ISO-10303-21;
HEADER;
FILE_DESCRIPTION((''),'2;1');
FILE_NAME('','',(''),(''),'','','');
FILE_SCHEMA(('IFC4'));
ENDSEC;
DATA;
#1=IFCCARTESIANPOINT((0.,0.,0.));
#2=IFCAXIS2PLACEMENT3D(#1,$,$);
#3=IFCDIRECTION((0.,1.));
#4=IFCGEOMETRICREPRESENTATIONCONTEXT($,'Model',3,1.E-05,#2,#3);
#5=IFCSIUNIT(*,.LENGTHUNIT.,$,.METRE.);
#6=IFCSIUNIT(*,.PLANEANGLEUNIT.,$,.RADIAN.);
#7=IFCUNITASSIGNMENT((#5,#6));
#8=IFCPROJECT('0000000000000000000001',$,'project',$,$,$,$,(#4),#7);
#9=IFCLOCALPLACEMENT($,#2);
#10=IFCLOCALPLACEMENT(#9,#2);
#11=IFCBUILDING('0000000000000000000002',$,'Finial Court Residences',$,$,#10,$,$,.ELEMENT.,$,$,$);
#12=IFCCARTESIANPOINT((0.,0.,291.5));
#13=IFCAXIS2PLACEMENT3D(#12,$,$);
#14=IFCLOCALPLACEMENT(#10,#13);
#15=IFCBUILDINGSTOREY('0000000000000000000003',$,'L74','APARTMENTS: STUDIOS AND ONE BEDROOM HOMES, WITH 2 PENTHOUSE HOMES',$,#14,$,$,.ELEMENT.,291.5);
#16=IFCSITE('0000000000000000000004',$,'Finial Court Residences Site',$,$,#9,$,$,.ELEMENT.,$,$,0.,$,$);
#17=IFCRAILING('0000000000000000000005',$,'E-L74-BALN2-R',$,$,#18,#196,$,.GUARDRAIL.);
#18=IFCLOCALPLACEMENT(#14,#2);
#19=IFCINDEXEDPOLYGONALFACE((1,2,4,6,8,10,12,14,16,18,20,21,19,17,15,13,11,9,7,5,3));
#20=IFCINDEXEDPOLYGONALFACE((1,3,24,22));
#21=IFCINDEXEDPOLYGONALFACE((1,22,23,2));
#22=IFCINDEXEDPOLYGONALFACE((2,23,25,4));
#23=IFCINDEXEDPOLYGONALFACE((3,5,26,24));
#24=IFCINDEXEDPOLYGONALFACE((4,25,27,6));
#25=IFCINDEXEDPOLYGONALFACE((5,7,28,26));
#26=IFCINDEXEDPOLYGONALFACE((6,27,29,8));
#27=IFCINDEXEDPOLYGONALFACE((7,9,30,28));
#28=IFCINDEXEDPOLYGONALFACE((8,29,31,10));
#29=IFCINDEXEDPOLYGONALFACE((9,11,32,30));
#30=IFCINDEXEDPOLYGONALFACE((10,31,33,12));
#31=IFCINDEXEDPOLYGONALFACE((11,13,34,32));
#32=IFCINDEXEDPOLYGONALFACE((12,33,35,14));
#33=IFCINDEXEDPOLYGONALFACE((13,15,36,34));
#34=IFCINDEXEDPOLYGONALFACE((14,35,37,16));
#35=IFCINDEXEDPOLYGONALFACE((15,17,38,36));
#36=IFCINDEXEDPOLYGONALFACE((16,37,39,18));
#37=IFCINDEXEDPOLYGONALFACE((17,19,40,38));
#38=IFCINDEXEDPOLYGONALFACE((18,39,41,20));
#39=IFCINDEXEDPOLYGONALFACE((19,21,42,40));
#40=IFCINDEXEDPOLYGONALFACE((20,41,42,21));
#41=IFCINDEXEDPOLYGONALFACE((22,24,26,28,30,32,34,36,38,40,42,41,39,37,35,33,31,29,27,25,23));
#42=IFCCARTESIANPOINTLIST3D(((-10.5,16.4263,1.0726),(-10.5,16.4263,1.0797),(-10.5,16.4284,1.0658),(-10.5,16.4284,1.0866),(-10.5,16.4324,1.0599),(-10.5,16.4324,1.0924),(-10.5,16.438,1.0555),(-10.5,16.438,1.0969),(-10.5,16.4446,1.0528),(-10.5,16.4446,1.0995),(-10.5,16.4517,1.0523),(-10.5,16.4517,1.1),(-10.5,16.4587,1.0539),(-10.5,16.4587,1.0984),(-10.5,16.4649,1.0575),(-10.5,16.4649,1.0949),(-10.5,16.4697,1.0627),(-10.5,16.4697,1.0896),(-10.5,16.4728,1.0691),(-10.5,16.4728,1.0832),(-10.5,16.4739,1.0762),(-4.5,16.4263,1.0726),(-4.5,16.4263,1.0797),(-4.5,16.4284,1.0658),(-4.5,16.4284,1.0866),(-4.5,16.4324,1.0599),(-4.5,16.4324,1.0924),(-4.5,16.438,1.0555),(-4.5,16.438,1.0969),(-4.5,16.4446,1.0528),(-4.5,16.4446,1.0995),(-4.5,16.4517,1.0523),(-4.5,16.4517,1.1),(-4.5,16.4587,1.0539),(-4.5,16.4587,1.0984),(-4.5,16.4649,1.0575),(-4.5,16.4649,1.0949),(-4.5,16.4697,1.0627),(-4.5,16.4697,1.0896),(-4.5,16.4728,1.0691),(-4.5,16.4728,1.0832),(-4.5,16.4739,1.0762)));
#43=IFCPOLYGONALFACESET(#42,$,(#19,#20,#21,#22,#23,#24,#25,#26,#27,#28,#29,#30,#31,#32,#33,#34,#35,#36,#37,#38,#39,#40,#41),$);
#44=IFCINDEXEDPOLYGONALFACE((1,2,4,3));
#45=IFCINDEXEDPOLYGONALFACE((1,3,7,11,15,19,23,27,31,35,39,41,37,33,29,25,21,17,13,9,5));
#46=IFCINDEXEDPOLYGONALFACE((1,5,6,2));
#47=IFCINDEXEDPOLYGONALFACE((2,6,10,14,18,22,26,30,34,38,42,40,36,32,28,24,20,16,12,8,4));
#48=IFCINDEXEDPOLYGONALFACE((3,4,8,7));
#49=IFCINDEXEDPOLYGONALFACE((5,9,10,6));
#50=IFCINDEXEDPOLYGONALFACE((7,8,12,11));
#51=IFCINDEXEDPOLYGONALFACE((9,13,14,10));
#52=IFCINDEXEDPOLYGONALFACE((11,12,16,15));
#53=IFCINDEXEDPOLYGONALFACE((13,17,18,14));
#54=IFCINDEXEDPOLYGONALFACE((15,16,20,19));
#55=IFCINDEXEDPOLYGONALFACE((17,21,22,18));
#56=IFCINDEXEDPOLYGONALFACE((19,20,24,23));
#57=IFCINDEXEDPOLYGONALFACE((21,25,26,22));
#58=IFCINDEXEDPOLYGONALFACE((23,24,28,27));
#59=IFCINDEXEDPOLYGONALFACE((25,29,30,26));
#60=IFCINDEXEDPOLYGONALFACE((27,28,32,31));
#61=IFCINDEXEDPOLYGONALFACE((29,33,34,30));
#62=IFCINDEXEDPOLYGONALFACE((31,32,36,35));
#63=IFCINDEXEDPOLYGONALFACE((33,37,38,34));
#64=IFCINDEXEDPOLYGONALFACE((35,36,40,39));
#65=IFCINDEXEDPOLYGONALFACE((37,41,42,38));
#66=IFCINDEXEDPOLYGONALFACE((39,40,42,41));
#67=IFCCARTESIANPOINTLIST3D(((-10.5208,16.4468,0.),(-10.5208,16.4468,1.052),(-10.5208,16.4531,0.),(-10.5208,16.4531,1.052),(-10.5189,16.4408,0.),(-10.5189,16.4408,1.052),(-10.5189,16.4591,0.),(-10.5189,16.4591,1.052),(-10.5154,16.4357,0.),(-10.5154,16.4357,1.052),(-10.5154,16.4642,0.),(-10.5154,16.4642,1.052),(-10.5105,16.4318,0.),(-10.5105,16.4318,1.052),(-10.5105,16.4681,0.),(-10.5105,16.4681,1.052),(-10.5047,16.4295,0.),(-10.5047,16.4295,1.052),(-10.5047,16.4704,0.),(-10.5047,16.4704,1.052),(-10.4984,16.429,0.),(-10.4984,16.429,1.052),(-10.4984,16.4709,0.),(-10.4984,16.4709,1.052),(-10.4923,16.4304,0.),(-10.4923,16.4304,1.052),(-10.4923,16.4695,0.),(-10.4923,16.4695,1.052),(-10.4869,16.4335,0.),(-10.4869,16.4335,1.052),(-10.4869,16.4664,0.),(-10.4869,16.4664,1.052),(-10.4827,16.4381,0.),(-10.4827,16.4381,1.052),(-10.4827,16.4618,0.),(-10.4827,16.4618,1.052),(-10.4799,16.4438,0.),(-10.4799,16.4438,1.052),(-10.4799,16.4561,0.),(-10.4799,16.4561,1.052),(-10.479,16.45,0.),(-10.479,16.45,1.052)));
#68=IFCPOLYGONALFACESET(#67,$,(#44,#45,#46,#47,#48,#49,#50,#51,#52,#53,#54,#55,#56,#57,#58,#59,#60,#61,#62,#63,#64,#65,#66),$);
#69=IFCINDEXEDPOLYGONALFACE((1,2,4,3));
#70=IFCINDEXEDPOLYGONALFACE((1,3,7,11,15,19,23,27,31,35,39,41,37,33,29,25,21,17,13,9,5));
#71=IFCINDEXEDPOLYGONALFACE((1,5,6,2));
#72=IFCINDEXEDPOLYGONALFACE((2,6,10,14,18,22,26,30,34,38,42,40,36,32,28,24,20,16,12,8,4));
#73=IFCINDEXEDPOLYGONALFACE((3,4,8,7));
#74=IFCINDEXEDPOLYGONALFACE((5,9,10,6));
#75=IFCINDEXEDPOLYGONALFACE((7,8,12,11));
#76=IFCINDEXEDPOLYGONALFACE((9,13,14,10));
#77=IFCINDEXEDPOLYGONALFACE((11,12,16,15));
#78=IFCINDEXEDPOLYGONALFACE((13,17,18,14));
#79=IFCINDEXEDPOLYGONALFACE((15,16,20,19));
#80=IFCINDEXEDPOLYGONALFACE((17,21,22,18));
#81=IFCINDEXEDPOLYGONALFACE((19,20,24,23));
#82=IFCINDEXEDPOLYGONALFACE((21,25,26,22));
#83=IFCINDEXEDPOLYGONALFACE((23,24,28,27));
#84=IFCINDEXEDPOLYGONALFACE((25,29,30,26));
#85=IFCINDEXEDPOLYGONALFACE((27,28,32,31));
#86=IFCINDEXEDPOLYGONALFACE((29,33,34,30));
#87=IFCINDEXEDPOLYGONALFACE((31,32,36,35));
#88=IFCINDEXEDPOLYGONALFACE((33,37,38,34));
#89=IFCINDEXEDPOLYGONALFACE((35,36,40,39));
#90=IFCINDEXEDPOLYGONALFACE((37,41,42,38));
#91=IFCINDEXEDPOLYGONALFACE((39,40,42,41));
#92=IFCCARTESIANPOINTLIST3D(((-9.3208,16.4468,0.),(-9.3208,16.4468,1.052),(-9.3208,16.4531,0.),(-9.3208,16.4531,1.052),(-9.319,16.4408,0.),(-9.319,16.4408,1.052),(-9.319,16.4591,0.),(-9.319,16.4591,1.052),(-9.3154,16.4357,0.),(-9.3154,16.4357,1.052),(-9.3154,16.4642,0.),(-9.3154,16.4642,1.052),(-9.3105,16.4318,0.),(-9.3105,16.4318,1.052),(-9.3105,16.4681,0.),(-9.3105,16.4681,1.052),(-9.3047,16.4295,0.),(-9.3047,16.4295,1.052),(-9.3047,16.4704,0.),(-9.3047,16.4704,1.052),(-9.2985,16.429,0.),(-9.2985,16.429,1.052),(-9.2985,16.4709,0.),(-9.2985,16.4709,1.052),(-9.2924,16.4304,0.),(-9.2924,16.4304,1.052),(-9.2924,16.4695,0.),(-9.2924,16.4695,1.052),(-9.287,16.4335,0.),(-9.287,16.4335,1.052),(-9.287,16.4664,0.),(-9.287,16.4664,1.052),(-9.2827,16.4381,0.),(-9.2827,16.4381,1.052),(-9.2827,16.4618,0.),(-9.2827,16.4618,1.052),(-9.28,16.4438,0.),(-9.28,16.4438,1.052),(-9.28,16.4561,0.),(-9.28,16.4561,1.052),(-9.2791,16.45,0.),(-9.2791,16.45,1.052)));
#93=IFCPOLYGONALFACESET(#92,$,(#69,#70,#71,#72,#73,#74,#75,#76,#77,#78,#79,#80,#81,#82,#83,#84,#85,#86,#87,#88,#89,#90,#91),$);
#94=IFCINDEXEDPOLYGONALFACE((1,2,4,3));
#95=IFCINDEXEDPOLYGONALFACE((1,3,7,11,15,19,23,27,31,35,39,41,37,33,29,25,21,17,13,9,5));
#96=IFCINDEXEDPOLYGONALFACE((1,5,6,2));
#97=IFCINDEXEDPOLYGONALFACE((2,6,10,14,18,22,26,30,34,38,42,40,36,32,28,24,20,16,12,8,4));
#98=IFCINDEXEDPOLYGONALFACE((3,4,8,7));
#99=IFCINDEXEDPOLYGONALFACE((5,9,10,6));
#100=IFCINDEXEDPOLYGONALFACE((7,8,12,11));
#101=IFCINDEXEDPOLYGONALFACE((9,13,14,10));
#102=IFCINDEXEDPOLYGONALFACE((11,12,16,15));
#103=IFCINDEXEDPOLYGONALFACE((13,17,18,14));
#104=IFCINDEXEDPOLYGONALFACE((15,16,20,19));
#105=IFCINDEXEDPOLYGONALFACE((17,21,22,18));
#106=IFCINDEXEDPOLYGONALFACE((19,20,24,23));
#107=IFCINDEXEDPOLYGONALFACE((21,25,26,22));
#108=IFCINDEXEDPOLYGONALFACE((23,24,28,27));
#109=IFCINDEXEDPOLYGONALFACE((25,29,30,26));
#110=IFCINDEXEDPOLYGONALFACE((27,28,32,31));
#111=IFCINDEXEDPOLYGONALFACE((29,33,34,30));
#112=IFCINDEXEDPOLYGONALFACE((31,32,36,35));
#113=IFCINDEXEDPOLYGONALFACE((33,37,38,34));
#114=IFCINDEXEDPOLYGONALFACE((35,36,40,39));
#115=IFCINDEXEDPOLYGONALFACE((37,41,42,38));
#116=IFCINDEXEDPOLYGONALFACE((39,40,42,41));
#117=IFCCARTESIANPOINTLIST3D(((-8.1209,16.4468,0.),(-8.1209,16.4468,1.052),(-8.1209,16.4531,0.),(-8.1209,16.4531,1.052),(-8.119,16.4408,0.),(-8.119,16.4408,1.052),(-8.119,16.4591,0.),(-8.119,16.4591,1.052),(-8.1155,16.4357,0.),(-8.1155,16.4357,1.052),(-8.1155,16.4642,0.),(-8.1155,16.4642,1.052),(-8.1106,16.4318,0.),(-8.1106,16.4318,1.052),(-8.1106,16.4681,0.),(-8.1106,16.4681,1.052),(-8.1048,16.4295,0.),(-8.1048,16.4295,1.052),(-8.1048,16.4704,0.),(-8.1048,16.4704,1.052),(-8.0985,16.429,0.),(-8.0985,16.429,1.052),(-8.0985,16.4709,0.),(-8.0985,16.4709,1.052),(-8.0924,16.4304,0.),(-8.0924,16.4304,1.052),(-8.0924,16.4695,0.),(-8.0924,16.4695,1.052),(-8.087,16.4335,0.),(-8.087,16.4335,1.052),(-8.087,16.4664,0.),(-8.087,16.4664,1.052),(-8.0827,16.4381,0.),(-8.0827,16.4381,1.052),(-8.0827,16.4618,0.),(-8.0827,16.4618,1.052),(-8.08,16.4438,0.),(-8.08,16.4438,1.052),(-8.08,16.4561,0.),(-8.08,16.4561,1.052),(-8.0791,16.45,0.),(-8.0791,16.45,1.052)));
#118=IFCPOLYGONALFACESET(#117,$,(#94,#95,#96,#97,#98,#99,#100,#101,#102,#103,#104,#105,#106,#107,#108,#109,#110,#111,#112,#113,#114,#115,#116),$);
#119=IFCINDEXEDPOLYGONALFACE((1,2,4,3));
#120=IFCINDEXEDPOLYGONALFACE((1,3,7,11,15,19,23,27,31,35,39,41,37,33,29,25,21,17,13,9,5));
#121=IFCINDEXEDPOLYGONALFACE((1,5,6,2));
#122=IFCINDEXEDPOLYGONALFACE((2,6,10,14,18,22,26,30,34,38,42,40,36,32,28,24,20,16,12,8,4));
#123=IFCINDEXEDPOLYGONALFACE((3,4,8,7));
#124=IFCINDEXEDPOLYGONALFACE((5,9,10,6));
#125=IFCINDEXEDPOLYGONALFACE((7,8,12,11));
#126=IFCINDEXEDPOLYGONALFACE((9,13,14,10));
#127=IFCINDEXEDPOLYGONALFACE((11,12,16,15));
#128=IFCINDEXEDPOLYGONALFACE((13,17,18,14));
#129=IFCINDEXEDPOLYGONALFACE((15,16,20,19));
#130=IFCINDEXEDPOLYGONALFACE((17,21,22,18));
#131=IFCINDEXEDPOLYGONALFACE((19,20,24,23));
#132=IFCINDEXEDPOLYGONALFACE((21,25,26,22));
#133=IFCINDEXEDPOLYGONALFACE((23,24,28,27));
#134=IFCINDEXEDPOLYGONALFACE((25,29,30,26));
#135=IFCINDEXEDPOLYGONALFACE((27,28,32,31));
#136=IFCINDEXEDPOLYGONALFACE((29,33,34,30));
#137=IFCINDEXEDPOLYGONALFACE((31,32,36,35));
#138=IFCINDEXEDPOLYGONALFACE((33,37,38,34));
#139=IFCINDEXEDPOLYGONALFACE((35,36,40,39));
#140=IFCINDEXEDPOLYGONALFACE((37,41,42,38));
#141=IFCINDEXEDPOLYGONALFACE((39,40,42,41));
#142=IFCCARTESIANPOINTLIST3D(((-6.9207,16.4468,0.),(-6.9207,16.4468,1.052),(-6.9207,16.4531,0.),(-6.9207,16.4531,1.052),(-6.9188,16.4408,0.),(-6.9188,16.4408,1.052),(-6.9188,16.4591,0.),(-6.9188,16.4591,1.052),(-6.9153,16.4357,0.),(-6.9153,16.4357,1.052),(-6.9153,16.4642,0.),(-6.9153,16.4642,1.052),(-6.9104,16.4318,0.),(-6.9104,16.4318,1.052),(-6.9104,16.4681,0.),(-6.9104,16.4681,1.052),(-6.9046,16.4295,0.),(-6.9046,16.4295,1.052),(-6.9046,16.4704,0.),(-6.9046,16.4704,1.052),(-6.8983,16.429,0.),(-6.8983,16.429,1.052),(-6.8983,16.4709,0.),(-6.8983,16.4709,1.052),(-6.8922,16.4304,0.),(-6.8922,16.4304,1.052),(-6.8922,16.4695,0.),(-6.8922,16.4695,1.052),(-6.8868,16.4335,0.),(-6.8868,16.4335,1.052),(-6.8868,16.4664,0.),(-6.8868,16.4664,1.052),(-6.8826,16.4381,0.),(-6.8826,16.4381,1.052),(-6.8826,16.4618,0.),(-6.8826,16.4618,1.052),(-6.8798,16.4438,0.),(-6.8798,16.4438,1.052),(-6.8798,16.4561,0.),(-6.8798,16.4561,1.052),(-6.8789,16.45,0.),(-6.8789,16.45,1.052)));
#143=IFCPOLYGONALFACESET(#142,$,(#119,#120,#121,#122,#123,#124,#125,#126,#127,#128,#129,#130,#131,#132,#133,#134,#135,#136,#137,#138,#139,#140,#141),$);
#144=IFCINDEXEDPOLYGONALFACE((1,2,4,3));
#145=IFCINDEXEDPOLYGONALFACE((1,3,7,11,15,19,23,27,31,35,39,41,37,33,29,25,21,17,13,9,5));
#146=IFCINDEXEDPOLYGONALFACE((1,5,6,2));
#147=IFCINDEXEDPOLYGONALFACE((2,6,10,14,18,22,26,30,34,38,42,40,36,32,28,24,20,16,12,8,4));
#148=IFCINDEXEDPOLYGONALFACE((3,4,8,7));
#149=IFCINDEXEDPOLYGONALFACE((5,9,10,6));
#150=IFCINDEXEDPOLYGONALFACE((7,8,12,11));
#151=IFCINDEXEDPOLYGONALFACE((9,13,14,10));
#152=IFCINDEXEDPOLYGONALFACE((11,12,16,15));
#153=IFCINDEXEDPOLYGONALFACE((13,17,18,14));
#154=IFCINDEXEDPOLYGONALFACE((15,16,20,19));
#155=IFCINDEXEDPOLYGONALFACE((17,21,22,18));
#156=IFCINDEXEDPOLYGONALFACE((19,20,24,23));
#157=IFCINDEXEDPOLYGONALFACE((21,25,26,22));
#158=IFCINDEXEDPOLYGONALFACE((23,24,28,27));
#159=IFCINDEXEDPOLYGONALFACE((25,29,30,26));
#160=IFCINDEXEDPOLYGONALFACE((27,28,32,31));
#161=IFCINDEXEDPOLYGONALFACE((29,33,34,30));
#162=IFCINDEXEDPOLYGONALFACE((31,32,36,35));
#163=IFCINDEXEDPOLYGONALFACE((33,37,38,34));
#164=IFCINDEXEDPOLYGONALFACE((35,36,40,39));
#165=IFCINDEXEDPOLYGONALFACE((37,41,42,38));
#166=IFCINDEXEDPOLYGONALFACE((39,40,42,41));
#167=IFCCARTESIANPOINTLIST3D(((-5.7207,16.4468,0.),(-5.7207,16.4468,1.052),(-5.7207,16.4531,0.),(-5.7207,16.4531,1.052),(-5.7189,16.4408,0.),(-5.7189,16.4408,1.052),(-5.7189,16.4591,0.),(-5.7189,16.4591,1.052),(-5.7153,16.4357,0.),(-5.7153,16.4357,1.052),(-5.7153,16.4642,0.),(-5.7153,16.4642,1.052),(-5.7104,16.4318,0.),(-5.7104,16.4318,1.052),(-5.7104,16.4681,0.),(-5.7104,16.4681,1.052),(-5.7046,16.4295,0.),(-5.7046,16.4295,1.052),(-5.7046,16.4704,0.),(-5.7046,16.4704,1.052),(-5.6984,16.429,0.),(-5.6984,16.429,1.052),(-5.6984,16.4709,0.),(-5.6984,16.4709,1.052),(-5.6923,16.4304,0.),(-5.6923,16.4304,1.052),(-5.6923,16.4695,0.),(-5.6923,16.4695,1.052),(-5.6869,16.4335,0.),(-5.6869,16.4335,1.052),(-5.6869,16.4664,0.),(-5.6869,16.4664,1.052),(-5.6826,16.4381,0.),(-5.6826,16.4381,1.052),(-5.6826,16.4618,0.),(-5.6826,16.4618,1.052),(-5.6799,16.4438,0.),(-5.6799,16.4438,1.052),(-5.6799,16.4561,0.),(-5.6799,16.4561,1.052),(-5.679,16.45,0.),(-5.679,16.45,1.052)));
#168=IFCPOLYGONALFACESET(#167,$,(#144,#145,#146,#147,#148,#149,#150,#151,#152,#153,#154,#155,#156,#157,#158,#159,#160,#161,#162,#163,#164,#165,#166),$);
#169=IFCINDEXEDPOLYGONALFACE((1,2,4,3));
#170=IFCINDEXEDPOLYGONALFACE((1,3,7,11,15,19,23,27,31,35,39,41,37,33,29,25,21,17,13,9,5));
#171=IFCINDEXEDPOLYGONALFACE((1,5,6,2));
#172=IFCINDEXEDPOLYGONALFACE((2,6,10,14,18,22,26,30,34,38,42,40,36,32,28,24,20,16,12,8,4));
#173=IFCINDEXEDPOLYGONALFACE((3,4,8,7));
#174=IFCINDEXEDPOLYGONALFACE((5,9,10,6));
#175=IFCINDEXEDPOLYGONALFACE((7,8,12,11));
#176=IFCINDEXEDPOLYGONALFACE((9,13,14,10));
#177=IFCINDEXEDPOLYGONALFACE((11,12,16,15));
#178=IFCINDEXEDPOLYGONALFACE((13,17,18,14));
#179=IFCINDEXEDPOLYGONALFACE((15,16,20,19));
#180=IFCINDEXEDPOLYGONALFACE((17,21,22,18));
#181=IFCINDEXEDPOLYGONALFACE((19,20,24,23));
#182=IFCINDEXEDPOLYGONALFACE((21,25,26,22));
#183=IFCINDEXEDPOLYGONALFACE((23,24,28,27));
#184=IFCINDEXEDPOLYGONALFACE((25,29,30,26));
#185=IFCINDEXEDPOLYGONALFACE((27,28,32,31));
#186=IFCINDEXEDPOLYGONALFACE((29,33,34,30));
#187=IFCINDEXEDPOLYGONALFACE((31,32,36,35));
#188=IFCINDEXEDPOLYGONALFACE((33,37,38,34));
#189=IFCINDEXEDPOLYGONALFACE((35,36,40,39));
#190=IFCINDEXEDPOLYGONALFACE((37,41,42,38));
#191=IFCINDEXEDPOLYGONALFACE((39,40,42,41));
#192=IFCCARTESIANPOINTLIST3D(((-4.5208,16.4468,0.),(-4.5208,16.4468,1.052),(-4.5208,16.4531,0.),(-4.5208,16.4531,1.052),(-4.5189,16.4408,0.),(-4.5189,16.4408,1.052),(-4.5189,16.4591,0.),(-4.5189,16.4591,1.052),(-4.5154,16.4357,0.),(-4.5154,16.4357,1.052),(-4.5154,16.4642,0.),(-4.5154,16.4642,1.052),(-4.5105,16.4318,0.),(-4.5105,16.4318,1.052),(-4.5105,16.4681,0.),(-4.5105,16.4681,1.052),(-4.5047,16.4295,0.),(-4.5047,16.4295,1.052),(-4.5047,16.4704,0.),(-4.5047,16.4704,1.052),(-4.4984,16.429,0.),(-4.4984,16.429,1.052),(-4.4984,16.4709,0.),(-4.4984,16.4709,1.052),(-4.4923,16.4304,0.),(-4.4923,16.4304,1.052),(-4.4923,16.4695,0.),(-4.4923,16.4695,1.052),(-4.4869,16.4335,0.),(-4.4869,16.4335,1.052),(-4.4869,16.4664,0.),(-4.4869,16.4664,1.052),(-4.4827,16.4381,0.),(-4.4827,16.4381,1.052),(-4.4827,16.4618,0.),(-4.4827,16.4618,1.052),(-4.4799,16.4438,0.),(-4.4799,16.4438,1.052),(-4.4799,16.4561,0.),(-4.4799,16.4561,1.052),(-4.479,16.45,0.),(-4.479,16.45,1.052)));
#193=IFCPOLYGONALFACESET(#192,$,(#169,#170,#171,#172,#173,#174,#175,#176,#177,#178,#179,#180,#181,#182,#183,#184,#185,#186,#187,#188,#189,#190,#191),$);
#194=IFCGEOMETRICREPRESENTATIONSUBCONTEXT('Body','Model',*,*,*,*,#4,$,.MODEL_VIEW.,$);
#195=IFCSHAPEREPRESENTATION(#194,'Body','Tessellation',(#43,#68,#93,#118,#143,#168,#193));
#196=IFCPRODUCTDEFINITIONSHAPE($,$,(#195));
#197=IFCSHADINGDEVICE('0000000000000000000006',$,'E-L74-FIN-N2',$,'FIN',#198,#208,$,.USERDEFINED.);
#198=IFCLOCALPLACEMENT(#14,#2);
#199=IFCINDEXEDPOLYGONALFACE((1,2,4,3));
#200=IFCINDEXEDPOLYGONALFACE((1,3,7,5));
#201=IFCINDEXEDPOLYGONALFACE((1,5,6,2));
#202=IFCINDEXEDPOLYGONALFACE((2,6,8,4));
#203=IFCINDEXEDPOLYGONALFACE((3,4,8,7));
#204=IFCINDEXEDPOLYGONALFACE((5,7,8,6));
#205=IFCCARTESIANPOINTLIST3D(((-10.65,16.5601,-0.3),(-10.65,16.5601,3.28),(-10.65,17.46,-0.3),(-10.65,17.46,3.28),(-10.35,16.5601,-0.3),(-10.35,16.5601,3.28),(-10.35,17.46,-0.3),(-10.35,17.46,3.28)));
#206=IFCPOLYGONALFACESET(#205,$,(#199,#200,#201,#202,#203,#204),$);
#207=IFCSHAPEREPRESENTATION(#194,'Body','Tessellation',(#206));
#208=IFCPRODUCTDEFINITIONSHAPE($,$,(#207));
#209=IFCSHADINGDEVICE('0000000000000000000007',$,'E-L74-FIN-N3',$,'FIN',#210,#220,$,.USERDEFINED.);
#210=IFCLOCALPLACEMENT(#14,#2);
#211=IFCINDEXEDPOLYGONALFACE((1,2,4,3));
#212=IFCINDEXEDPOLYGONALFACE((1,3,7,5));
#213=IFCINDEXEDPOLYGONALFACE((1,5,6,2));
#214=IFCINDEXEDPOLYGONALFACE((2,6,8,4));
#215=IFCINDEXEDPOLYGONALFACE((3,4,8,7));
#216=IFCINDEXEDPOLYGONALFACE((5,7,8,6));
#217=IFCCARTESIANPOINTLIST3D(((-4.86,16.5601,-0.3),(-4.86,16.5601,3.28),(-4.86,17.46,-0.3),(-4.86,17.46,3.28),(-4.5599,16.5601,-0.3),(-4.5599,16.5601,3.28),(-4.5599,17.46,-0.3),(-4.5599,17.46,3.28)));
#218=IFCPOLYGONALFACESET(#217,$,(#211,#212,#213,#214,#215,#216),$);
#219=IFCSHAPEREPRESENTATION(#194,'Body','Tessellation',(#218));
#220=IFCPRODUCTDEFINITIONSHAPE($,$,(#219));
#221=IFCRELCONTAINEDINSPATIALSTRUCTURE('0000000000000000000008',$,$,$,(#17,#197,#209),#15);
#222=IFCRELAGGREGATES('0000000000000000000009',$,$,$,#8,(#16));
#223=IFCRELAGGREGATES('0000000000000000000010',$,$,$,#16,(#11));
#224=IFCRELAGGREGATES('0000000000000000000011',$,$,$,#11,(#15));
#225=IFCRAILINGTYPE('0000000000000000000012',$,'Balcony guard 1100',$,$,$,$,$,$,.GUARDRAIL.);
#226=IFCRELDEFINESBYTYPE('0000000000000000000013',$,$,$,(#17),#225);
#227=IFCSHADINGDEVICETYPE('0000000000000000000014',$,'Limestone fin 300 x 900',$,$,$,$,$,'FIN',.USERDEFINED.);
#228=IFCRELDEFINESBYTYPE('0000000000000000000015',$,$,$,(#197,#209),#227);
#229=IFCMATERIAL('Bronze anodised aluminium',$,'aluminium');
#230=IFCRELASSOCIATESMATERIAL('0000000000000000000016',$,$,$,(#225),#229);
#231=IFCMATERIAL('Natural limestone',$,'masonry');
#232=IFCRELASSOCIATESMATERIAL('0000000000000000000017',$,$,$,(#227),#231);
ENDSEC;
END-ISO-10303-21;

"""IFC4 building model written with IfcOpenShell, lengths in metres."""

from ifc_helpers import new_model, si_unit, direction, frame, origin, origin_2d, place, context, subcontext, project, spatial, rectangle, circle, extrude, material, type_object, element, save


model = new_model("IFC4")

# Units and contexts
model_context = context("Model", 3, precision=1e-05, world=origin(), true_north=direction((0.0, 1.0)))
body_context = subcontext(model_context, "Body", "Model", "MODEL_VIEW")
ifc_project = project(units=[si_unit("LENGTHUNIT", "METRE"), si_unit("PLANEANGLEUNIT", "RADIAN")], contexts=[model_context])

# Site, building, storey
site_placement = place(None, origin())
site = spatial("IfcSite", under=ifc_project, at=site_placement, Name="Finial Court Residences Site", CompositionType="ELEMENT", RefElevation=0.0)
building_placement = place(site_placement, origin())
building = spatial("IfcBuilding", under=site, at=building_placement, Name="Finial Court Residences", CompositionType="ELEMENT")
storey_placement = place(building_placement, frame((0.0, 0.0, 291.5)))
storey = spatial("IfcBuildingStorey", under=building, at=storey_placement, Name="L74", Description="APARTMENTS: STUDIOS AND ONE BEDROOM HOMES, WITH 2 PENTHOUSE HOMES", CompositionType="ELEMENT", Elevation=291.5)

# Shared definitions
ifc_material_1 = material(Name="Bronze anodised aluminium", Category="aluminium")

# Shared definitions
ifc_material_2 = material(Name="Natural limestone", Category="masonry")

# Railing
railing_type = type_object("IfcRailingType", Name="Balcony guard 1100", PredefinedType="GUARDRAIL", material=ifc_material_1)
railing_placement = place(storey_placement, frame((-10.5, 16.45, 0.0)))
element("IfcRailing", 1, at=railing_placement, inside=storey, type_object=railing_type, Name="E-L74-BALN2-R", PredefinedType="GUARDRAIL", context=body_context, shape_type="SweptSolid", body=[
    extrude(circle(Radius=0.0239, at=origin_2d()), frame((0.0, 0.0, 1.0762), z_axis=(1.0, 0.0, 0.0), x_axis=(0.0, 1.0, 0.0)), (0.0, 0.0, 1.0), 6.0),
    extrude(circle(Radius=0.021, at=origin_2d()), origin(), (0.0, 0.0, 1.0), 1.052),
    extrude(circle(Radius=0.021, at=origin_2d()), frame((1.2, 0.0, 0.0)), (0.0, 0.0, 1.0), 1.052),
    extrude(circle(Radius=0.021, at=origin_2d()), frame((2.3999, 0.0, 0.0)), (0.0, 0.0, 1.0), 1.052),
    extrude(circle(Radius=0.021, at=origin_2d()), frame((3.6001, 0.0, 0.0)), (0.0, 0.0, 1.0), 1.052),
    extrude(circle(Radius=0.021, at=origin_2d()), frame((4.8, 0.0, 0.0)), (0.0, 0.0, 1.0), 1.052),
    extrude(circle(Radius=0.021, at=origin_2d()), frame((6.0, 0.0, 0.0)), (0.0, 0.0, 1.0), 1.052),
])

# Shading devices
shading_device_type = type_object("IfcShadingDeviceType", Name="Limestone fin 300 x 900", ElementType="FIN", PredefinedType="USERDEFINED", material=ifc_material_2)
for number, where, z_axis, x_axis, name in (
    (2, (-10.5, 17.01, -0.3), (0.0, 0.0, 1.0), (1.0, 0.0, 0.0), "E-L74-FIN-N2"),
    (3, (-4.71, 17.01, -0.3), (0.0, 0.0, 1.0), (1.0, 0.0, 0.0), "E-L74-FIN-N3"),
):
    element("IfcShadingDevice", number, at=place(storey_placement, frame(where, z_axis=z_axis, x_axis=x_axis)), inside=storey, type_object=shading_device_type, Name=name, ObjectType="FIN", PredefinedType="USERDEFINED", context=body_context, shape_type="SweptSolid", body=[
        extrude(rectangle(XDim=0.3, YDim=0.8999, at=origin_2d()), origin(), (0.0, 0.0, 1.0), 3.5801),
    ])

save(model, "model.ifc")
